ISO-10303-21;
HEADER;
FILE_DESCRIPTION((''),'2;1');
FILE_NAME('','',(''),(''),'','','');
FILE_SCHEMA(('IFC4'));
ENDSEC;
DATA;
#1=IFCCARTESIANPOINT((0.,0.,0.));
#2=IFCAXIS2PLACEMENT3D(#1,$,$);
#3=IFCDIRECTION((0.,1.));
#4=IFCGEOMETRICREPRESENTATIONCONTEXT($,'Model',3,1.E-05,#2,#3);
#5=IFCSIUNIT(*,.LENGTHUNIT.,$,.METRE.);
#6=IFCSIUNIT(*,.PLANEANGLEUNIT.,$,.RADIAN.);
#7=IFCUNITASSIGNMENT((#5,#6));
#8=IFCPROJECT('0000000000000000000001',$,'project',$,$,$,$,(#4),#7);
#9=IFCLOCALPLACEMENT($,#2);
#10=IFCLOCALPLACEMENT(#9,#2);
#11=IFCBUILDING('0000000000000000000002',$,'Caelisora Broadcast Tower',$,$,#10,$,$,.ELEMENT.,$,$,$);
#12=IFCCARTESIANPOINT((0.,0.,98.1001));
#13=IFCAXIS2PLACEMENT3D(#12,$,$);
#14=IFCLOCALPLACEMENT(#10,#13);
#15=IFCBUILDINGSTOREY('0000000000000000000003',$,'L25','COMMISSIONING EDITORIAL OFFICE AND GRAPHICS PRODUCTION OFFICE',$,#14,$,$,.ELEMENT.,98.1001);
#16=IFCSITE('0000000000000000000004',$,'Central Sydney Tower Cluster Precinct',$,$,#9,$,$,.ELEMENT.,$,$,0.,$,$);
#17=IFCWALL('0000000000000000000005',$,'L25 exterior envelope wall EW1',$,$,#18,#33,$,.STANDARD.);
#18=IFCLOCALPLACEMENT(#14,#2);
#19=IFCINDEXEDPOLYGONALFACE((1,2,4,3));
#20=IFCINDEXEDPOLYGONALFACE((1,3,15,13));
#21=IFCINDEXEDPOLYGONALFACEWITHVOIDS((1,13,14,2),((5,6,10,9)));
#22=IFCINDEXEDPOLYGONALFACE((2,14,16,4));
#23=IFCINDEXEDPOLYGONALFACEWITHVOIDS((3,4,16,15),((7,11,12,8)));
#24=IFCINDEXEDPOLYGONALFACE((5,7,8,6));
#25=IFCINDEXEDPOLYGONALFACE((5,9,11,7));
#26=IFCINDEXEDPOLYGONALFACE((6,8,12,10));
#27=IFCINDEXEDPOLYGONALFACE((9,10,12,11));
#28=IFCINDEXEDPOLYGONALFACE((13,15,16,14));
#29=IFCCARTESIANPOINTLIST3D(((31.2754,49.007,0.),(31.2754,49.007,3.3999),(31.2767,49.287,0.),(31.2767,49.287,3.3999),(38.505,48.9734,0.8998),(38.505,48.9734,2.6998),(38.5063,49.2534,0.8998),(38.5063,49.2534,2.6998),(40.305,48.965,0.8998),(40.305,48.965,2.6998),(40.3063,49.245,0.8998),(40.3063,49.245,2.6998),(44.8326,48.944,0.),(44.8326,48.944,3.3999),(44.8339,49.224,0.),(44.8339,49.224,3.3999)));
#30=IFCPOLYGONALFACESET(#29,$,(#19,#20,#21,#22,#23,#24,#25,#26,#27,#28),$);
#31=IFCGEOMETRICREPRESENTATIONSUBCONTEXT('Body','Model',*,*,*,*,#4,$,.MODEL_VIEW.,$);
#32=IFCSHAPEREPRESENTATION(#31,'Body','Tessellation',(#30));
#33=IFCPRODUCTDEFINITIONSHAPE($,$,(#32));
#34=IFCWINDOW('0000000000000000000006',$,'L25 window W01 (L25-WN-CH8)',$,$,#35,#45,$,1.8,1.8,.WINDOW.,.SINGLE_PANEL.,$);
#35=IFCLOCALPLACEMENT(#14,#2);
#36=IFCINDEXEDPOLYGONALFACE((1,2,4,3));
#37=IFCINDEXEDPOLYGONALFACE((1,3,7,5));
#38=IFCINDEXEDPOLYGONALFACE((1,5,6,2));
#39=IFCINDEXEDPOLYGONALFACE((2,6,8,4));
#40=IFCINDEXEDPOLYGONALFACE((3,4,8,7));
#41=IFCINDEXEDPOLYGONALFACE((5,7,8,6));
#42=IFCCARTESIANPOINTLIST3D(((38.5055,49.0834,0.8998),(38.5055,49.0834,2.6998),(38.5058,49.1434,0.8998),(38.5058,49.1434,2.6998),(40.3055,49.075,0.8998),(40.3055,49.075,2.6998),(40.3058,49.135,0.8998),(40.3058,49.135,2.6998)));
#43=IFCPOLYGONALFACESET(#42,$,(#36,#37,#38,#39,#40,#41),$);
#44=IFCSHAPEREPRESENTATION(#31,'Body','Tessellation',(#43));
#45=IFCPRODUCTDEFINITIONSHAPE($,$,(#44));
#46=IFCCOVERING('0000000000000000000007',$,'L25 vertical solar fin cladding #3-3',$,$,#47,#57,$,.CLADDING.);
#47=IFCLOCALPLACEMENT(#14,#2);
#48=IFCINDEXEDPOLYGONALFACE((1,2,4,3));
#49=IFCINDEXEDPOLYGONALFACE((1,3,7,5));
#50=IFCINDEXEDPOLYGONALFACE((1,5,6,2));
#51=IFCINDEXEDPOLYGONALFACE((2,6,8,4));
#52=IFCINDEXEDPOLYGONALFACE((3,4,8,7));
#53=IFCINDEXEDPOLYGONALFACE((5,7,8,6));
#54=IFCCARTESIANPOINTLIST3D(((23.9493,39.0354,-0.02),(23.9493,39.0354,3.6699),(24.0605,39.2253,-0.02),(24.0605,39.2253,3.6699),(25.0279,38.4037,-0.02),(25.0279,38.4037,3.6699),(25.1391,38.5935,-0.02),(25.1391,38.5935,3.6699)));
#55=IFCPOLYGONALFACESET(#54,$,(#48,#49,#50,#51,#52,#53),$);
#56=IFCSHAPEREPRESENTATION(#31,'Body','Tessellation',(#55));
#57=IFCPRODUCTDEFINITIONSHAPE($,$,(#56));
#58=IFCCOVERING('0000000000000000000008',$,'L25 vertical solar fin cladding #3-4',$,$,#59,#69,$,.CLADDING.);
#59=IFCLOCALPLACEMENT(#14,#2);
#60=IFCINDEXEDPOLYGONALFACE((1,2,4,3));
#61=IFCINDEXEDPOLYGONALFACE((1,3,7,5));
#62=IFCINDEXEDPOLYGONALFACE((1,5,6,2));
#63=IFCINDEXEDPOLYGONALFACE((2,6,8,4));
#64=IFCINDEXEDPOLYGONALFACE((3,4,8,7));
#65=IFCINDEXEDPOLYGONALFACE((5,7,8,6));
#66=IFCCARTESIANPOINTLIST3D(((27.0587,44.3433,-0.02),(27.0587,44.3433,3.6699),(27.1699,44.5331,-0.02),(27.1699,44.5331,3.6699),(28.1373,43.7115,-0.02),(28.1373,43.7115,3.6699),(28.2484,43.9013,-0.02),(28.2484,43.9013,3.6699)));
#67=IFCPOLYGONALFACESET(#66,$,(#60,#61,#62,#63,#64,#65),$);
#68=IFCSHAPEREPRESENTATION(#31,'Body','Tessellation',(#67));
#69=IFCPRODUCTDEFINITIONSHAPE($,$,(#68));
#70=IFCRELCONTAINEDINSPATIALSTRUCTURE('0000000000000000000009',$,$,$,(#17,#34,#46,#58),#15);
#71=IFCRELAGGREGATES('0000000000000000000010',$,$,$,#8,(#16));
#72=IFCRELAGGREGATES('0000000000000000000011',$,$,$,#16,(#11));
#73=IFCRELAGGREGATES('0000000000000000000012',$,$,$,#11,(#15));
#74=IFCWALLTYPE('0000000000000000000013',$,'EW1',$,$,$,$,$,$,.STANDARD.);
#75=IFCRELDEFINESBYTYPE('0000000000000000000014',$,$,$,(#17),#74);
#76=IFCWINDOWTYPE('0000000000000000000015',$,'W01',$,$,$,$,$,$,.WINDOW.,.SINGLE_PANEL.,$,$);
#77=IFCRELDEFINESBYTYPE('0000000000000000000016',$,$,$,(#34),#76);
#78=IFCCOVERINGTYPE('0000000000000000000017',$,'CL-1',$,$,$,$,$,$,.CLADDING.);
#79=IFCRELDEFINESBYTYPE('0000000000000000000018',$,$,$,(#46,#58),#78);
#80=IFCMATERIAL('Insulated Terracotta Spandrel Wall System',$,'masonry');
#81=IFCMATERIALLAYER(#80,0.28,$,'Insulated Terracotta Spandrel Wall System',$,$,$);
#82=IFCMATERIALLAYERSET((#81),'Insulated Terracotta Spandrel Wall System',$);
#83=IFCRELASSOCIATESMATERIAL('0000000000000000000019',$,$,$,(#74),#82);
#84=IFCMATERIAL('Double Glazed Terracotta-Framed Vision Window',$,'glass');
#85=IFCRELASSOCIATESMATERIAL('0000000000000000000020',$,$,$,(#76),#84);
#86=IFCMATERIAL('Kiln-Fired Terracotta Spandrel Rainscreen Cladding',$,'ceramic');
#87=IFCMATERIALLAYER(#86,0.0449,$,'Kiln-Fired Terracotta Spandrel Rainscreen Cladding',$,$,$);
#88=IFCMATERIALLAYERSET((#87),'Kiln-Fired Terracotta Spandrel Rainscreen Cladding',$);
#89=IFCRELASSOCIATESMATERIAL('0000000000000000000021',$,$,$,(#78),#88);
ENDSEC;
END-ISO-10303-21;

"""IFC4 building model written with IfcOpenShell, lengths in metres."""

from ifc_helpers import new_model, si_unit, direction, frame, frame_2d, origin, origin_2d, place, context, subcontext, project, spatial, rectangle, extrude, source, transform, mapped, material, layer, layer_set, type_object, type_shapes, element, fill, save


model = new_model("IFC4")

# Units and contexts
model_context = context("Model", 3, precision=1e-05, world=origin(), true_north=direction((0.0, 1.0)))
body_context = subcontext(model_context, "Body", "Model", "MODEL_VIEW")
ifc_project = project(units=[si_unit("LENGTHUNIT", "METRE"), si_unit("PLANEANGLEUNIT", "RADIAN")], contexts=[model_context])

# Site, building, storey
site_placement = place(None, origin())
site = spatial("IfcSite", under=ifc_project, at=site_placement, Name="Central Sydney Tower Cluster Precinct", CompositionType="ELEMENT", RefElevation=0.0)
building_placement = place(site_placement, origin())
building = spatial("IfcBuilding", under=site, at=building_placement, Name="Caelisora Broadcast Tower", CompositionType="ELEMENT")
storey_placement = place(building_placement, frame((0.0, 0.0, 98.1001)))
storey = spatial("IfcBuildingStorey", under=building, at=storey_placement, Name="L25", Description="COMMISSIONING EDITORIAL OFFICE AND GRAPHICS PRODUCTION OFFICE", CompositionType="ELEMENT", Elevation=98.1001)

# Wall, opening, window
ifc_material_1 = material(Name="Insulated Terracotta Spandrel Wall System", Category="masonry")
ifc_layer_1 = layer(ifc_material_1, 0.28, Name="Insulated Terracotta Spandrel Wall System")
ifc_layer_set_1 = layer_set([ifc_layer_1], Name="Insulated Terracotta Spandrel Wall System")
wall_type = type_object("IfcWallType", Name="EW1", PredefinedType="STANDARD", material=ifc_layer_set_1)
wall_placement = place(storey_placement, frame((31.2759, 49.147, 0.0), z_axis=(0.0, 0.0, 1.0), x_axis=(0.999989, -0.004646, 0.0)))
wall = element("IfcWall", 1, at=wall_placement, inside=storey, type_object=wall_type, Name="L25 exterior envelope wall EW1", PredefinedType="STANDARD", context=body_context, shape_type="SweptSolid", body=[
    extrude(rectangle(XDim=13.5574, YDim=0.28, at=frame_2d((6.7788, 0.0))), origin(), (0.0, 0.0, 1.0), 3.3999),
])
opening_placement = place(wall_placement, frame((7.23, 0.0, 0.8999)))
opening = element("IfcOpeningElement", 2, at=opening_placement, cuts=wall, PredefinedType="OPENING", context=body_context, shape_type="SweptSolid", body=[
    extrude(rectangle(XDim=1.8, YDim=1.8, at=frame_2d((0.8999, 0.8999))), frame((0.0, 0.1521, 0.0), z_axis=(0.0, -1.0, 0.0), x_axis=(1.0, 0.0, 0.0)), (0.0, 0.0, 1.0), 0.304),
])
ifc_material_2 = material(Name="Double Glazed Terracotta-Framed Vision Window", Category="glass")
window_type = type_object("IfcWindowType", Name="W01", PartitioningType="SINGLE_PANEL", PredefinedType="WINDOW", material=ifc_material_2)
window_placement = place(opening_placement, origin())
window = element("IfcWindow", 3, at=window_placement, inside=storey, type_object=window_type, Name="L25 window W01 (L25-WN-CH8)", OverallHeight=1.8, OverallWidth=1.8, PartitioningType="SINGLE_PANEL", PredefinedType="WINDOW", context=body_context, shape_type="SweptSolid", body=[
    extrude(rectangle(XDim=1.8, YDim=1.8, at=frame_2d((0.8999, 0.8999))), frame((0.0, 0.03, 0.0), z_axis=(0.0, -1.0, 0.0), x_axis=(1.0, 0.0, 0.0)), (0.0, 0.0, 1.0), 0.0601),
])
fill(opening, window)

# Coverings
ifc_material_3 = material(Name="Kiln-Fired Terracotta Spandrel Rainscreen Cladding", Category="ceramic")
ifc_layer_2 = layer(ifc_material_3, 0.0449, Name="Kiln-Fired Terracotta Spandrel Rainscreen Cladding")
ifc_layer_set_2 = layer_set([ifc_layer_2], Name="Kiln-Fired Terracotta Spandrel Rainscreen Cladding")
covering_type = type_object("IfcCoveringType", Name="CL-1", PredefinedType="CLADDING", material=ifc_layer_set_2)
shared_shape_1 = source(origin(), body_context, "Body", "SweptSolid", [
    extrude(rectangle(XDim=0.22, YDim=1.25, at=origin_2d()), origin(), (0.0, 0.0, 1.0), 3.6899),
])
type_shapes(covering_type, [shared_shape_1])
for number, where, z_axis, x_axis, name in (
    (4, (24.5442, 38.8145, -0.02), (0.0, 0.0, 1.0), (0.505431, 0.862867, 0.0), "L25 vertical solar fin cladding #3-3"),
    (5, (27.6536, 44.1223, -0.02), (0.0, 0.0, 1.0), (0.505431, 0.862867, 0.0), "L25 vertical solar fin cladding #3-4"),
):
    element("IfcCovering", number, at=place(storey_placement, frame(where, z_axis=z_axis, x_axis=x_axis)), inside=storey, type_object=covering_type, Name=name, PredefinedType="CLADDING", context=body_context, shape_type="MappedRepresentation", body=[
        mapped(shared_shape_1, transform((0.0, 0.0, 0.0), scale=1.0)),
    ])

save(model, "model.ifc")
